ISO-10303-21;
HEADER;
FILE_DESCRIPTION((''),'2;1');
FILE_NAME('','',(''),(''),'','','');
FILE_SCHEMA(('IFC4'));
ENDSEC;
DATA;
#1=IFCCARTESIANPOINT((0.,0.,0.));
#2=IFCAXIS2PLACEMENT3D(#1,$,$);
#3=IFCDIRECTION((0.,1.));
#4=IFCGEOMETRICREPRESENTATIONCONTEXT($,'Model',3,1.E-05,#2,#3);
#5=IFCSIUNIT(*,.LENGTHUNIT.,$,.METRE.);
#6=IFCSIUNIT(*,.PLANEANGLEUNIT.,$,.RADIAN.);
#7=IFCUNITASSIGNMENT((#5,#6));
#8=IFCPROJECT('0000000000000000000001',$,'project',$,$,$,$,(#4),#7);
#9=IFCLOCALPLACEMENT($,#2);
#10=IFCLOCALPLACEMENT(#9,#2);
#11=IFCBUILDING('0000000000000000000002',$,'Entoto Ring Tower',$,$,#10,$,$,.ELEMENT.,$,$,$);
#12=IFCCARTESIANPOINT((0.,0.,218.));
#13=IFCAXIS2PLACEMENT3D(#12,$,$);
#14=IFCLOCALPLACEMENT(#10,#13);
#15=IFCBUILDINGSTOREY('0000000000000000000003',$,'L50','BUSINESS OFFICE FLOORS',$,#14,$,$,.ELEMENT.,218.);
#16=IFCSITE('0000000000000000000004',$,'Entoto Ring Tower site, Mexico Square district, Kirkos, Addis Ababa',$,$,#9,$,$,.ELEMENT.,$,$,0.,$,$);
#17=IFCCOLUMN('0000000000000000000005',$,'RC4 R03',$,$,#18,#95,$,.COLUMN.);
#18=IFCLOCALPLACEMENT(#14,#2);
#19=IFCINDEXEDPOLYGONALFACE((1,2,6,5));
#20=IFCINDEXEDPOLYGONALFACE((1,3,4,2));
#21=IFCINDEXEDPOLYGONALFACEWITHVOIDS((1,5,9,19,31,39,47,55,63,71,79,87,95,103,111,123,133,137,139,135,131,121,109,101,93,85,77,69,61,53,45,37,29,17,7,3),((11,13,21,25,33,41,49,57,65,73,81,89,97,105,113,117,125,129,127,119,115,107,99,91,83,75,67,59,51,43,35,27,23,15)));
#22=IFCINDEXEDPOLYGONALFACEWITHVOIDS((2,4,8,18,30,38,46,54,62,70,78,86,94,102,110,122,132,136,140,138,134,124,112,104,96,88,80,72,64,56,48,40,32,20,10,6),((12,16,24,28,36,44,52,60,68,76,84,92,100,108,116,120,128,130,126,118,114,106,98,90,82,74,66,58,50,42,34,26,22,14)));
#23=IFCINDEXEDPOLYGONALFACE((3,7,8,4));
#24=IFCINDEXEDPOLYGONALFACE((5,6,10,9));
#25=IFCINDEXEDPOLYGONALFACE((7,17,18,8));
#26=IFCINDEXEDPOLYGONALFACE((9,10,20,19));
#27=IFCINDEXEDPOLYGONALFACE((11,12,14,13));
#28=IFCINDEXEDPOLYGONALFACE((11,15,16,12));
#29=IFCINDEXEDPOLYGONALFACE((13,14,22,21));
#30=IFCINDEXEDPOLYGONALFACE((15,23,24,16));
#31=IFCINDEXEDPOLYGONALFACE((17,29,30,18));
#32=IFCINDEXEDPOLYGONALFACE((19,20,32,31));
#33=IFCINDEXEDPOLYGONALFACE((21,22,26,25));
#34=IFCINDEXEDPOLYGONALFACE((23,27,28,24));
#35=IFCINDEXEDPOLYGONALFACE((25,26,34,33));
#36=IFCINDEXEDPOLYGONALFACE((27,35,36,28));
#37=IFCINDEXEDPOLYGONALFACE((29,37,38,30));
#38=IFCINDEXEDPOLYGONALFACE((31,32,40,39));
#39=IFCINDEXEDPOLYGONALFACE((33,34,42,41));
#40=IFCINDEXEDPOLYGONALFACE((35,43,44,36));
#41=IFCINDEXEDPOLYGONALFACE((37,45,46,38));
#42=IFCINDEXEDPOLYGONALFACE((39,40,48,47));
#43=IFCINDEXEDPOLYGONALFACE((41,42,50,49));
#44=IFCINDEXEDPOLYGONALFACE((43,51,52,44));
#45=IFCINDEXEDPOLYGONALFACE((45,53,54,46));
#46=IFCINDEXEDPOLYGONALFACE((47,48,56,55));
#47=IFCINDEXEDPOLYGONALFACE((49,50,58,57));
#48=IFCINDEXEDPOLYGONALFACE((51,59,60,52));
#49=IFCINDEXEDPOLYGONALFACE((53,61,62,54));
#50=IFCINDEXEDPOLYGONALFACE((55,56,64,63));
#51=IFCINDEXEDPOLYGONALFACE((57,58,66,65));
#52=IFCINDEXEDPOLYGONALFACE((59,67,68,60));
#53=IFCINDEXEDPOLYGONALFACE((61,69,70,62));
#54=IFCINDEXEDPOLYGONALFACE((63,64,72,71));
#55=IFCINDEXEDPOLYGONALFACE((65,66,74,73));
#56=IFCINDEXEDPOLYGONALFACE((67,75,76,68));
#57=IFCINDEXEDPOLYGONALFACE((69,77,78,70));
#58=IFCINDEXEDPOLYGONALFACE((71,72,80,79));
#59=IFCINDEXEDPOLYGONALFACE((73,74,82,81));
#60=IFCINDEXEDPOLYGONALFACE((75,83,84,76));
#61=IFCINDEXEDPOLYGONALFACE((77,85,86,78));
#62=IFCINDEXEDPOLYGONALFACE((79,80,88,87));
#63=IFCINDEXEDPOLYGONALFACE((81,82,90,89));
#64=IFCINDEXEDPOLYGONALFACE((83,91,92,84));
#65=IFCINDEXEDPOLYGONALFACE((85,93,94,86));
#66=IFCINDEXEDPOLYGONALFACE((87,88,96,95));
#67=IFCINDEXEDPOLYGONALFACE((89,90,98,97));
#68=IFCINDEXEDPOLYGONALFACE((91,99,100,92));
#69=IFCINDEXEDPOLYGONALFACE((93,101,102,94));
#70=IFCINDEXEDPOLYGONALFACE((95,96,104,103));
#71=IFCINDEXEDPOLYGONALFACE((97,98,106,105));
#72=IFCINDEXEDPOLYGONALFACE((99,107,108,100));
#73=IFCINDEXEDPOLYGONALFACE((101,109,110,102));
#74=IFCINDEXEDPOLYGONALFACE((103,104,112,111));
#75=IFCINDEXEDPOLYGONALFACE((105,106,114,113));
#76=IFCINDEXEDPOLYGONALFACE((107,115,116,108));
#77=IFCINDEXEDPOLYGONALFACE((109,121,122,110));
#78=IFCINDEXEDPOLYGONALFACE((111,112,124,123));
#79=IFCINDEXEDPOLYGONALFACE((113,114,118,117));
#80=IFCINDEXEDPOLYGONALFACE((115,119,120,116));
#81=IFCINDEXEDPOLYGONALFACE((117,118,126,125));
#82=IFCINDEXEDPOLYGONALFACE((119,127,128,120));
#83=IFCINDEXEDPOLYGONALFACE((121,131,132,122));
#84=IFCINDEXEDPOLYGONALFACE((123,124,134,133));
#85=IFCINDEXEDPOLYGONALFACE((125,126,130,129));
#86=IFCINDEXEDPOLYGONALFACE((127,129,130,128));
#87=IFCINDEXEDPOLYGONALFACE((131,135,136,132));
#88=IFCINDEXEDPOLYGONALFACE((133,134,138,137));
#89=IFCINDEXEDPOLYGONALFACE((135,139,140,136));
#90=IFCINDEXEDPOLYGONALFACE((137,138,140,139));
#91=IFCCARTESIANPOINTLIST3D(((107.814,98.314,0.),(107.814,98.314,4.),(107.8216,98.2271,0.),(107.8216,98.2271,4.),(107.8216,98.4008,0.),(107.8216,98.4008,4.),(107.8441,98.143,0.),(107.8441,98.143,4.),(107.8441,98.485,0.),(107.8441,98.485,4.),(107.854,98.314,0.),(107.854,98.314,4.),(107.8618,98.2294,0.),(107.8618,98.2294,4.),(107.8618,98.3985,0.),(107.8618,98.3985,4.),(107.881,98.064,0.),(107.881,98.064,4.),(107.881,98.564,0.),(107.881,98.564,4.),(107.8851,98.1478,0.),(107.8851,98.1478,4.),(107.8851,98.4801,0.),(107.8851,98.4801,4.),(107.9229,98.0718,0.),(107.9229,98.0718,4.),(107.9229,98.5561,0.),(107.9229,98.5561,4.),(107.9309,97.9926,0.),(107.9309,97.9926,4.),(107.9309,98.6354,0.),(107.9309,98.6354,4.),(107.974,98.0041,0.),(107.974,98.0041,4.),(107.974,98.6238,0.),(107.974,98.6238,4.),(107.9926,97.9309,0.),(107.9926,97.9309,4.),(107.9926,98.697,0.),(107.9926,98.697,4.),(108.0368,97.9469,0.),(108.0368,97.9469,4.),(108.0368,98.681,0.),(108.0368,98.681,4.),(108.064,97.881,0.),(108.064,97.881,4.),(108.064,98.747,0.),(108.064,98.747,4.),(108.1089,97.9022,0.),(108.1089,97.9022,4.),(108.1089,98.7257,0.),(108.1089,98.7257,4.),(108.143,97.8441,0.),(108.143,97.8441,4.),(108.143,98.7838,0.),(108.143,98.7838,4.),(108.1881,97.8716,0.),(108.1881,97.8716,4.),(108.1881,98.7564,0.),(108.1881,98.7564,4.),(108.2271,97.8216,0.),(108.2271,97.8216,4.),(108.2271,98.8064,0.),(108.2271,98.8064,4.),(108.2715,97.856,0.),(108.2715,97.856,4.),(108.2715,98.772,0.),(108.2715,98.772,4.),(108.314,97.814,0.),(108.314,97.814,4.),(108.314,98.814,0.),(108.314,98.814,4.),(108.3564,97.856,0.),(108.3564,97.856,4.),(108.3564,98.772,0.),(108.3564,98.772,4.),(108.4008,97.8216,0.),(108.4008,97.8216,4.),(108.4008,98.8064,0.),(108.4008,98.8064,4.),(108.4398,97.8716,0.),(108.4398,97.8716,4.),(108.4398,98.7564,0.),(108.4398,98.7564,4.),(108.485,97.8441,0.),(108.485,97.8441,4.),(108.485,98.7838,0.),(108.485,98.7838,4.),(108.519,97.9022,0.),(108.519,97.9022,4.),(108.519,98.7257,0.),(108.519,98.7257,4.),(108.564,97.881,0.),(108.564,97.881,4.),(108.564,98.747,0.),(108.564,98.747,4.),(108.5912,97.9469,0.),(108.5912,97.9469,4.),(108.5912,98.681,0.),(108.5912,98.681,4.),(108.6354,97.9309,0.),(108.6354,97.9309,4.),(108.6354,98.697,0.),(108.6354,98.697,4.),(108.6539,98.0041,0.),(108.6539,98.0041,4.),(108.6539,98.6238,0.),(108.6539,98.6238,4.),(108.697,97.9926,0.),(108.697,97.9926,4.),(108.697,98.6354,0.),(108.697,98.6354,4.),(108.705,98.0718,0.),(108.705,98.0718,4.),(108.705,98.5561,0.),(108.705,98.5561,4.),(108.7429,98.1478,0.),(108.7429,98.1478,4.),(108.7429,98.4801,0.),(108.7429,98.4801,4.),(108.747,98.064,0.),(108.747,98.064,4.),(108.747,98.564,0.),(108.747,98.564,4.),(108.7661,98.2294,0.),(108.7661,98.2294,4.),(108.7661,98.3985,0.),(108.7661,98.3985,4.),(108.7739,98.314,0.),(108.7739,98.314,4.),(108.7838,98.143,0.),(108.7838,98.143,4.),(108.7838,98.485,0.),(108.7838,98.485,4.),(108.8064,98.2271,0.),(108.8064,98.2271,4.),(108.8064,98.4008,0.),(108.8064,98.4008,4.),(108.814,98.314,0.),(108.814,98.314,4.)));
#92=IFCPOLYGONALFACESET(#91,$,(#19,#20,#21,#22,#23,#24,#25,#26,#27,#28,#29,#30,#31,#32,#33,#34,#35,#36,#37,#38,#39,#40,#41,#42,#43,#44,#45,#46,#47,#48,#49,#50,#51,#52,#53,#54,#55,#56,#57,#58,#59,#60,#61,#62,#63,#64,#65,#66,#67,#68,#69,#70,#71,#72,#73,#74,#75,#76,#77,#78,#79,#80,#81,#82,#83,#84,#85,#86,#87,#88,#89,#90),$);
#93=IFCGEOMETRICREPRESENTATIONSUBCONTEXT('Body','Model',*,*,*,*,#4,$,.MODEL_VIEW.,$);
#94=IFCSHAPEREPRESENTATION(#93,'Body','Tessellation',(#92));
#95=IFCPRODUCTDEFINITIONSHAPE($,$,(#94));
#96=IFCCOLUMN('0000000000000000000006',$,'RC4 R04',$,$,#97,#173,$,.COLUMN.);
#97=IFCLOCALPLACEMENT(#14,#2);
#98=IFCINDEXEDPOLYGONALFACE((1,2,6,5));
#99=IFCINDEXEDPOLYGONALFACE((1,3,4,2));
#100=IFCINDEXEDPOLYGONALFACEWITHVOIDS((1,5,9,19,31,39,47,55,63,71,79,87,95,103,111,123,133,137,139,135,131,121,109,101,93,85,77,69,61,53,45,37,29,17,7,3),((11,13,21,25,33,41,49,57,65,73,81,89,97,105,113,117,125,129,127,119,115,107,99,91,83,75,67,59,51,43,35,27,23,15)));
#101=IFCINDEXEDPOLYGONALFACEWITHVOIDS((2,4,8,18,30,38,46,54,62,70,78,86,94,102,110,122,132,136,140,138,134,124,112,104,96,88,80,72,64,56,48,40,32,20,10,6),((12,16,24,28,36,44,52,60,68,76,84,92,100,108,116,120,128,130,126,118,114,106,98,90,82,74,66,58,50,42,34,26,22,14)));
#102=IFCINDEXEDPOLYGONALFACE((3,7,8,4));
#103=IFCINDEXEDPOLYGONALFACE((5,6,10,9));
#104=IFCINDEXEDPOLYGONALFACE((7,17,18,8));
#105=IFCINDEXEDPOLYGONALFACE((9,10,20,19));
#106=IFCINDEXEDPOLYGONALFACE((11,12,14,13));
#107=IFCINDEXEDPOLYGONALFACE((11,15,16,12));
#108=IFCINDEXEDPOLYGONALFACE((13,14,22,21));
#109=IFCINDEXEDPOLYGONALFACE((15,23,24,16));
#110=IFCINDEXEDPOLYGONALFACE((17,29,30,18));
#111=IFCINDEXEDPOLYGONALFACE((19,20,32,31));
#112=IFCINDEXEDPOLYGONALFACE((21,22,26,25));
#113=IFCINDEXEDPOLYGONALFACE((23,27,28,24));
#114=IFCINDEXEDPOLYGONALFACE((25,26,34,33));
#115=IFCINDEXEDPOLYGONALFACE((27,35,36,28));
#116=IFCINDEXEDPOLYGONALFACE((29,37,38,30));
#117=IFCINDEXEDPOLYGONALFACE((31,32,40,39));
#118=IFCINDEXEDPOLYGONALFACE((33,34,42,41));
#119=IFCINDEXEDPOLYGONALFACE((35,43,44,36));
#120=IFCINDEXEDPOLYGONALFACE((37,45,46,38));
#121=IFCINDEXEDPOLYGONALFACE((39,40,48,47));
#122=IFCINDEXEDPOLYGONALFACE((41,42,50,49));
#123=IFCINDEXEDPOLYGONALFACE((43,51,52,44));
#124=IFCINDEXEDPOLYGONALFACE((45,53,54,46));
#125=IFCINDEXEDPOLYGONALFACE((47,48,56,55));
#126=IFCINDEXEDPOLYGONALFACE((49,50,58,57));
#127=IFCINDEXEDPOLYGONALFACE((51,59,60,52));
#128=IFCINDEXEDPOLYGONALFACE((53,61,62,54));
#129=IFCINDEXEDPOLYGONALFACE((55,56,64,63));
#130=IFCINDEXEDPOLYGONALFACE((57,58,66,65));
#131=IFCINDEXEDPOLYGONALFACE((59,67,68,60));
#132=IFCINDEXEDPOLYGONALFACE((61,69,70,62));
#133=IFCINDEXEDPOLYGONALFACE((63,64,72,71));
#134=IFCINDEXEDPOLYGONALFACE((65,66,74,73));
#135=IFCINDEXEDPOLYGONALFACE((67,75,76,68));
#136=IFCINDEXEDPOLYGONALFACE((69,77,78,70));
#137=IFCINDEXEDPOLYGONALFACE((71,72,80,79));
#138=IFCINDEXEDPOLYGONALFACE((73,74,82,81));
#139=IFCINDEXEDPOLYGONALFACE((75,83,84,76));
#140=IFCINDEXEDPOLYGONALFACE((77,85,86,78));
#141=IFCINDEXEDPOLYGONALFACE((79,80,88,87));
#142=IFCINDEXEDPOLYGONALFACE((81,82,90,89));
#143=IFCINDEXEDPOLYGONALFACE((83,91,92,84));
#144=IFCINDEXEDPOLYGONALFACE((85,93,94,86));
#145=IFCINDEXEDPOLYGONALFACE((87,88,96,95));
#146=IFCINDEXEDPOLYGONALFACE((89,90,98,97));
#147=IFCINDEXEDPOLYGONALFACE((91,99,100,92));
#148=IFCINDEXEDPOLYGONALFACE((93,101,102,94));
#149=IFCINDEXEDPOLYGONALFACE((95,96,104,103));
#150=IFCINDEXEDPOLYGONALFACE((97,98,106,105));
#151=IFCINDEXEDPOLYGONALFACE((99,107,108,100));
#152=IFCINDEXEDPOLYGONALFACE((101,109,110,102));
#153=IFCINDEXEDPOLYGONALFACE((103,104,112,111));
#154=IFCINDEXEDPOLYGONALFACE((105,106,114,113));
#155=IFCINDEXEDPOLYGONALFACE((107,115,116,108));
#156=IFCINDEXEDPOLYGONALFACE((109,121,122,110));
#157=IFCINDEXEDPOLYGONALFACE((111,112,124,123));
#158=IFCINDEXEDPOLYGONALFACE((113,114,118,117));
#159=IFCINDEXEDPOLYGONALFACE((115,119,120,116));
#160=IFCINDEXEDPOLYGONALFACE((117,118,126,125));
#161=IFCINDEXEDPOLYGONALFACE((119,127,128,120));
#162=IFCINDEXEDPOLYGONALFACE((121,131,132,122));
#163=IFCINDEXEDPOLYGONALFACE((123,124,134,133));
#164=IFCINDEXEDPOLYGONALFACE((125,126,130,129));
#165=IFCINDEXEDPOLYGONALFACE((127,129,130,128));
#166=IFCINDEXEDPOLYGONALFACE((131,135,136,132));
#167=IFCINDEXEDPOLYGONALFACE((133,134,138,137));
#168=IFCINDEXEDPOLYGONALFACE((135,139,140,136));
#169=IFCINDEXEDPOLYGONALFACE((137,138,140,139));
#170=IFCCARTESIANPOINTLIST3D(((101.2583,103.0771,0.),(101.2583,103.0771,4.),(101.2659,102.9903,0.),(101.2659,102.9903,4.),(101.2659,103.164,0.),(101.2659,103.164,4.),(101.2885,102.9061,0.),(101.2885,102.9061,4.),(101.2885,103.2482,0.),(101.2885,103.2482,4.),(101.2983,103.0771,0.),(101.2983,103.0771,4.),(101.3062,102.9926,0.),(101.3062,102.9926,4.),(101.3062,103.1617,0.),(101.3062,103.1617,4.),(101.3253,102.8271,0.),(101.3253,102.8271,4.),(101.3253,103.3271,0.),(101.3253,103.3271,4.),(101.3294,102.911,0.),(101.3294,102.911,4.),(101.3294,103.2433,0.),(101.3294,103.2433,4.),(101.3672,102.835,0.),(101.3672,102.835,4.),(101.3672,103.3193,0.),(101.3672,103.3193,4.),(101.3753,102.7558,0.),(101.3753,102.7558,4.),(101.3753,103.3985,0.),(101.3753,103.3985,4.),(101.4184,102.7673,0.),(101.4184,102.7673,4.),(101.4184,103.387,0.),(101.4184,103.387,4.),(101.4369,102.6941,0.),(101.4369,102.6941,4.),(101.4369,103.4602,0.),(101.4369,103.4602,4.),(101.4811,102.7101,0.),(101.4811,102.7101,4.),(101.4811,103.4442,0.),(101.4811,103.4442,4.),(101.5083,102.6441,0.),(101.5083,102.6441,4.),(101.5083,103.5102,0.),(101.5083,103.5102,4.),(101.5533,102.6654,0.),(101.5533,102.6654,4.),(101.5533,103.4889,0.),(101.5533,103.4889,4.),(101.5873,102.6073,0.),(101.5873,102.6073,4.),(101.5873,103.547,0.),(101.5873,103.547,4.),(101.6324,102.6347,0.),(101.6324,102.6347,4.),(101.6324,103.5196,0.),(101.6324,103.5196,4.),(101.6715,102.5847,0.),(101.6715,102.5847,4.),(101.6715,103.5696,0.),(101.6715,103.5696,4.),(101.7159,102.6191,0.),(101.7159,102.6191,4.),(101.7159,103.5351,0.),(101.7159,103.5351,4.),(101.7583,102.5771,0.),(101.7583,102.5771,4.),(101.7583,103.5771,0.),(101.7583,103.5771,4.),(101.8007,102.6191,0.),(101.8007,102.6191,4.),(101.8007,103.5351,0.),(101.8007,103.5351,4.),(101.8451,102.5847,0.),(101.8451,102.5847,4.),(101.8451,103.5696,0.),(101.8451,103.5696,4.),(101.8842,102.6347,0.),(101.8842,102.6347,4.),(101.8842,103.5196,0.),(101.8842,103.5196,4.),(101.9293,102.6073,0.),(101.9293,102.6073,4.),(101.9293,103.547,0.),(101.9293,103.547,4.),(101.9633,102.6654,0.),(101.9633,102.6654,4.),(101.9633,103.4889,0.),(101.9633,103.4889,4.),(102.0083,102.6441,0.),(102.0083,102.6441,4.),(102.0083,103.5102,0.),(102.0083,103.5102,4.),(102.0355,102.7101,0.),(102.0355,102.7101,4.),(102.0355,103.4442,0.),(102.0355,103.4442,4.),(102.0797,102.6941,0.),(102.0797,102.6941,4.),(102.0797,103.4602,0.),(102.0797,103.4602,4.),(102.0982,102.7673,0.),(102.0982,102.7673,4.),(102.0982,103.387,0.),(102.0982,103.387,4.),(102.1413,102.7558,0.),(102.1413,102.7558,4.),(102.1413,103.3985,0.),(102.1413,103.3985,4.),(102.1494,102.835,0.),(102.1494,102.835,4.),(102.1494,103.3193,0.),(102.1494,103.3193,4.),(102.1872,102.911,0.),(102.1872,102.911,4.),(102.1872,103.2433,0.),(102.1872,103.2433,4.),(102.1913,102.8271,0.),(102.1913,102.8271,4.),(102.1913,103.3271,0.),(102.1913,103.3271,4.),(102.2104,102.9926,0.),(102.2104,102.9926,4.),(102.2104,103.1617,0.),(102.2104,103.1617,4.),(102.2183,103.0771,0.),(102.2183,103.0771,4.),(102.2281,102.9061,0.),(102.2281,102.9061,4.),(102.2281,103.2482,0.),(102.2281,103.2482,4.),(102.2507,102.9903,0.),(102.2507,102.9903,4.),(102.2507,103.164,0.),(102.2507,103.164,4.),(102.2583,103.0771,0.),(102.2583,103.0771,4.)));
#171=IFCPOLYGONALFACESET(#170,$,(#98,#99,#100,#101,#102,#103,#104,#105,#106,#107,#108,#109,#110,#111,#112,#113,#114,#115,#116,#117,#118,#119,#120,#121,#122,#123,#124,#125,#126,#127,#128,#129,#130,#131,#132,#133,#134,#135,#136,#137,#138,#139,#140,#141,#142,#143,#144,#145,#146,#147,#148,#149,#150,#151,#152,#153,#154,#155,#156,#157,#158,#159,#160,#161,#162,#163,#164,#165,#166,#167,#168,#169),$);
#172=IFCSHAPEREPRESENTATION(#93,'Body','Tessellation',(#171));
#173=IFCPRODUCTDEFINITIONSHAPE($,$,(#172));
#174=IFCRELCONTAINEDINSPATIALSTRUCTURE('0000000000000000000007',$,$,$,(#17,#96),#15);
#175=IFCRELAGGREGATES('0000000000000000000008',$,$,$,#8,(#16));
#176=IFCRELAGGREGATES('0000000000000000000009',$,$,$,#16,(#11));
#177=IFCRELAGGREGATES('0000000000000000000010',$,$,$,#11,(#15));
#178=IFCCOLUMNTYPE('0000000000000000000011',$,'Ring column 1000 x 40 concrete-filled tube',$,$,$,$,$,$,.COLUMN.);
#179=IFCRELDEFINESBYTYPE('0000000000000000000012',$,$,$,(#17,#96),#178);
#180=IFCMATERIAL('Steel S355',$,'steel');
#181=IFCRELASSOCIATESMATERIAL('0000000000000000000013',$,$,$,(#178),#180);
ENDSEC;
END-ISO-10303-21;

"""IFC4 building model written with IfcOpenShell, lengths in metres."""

from ifc_helpers import new_model, si_unit, direction, frame, origin, origin_2d, place, context, subcontext, project, spatial, circle, hollow_circle, extrude, material, material_profile, profile_set, type_object, element, save


model = new_model("IFC4")

# Units and contexts
model_context = context("Model", 3, precision=1e-05, world=origin(), true_north=direction((0.0, 1.0)))
body_context = subcontext(model_context, "Body", "Model", "MODEL_VIEW")
ifc_project = project(units=[si_unit("LENGTHUNIT", "METRE"), si_unit("PLANEANGLEUNIT", "RADIAN")], contexts=[model_context])

# Site, building, storey
site_placement = place(None, origin())
site = spatial("IfcSite", under=ifc_project, at=site_placement, Name="Entoto Ring Tower site, Mexico Square district, Kirkos, Addis Ababa", CompositionType="ELEMENT", RefElevation=0.0)
building_placement = place(site_placement, origin())
building = spatial("IfcBuilding", under=site, at=building_placement, Name="Entoto Ring Tower", CompositionType="ELEMENT")
storey_placement = place(building_placement, frame((0.0, 0.0, 218.0)))
storey = spatial("IfcBuildingStorey", under=building, at=storey_placement, Name="L50", Description="BUSINESS OFFICE FLOORS", CompositionType="ELEMENT", Elevation=218.0)

# Columns
ifc_material_1 = material(Name="Steel S355", Category="steel")
ifc_material_profile_1 = material_profile(ifc_material_1, hollow_circle(Radius=0.5, WallThickness=0.04, at=origin_2d()), Name="CHS 1000 x 40")
ifc_material_2 = material(Name="Concrete C60/75", Category="concrete")
ifc_material_profile_2 = material_profile(ifc_material_2, circle(Radius=0.46, at=origin_2d()), Name="Concrete C60/75 infill")
ifc_profile_set_1 = profile_set([ifc_material_profile_1, ifc_material_profile_2], Name="Steel S355")
column_type = type_object("IfcColumnType", Name="Ring column 1000 x 40 concrete-filled tube", PredefinedType="COLUMN", material=ifc_profile_set_1)
for number, where, z_axis, x_axis, name in (
    (1, (108.314, 98.314, 0.0), (0.0, 0.0, 1.0), (1.0, 0.0, 0.0), "RC4 R03"),
    (2, (101.7583, 103.0771, 0.0), (0.0, 0.0, 1.0), (1.0, 0.0, 0.0), "RC4 R04"),
):
    element("IfcColumn", number, at=place(storey_placement, frame(where, z_axis=z_axis, x_axis=x_axis)), inside=storey, type_object=column_type, Name=name, PredefinedType="COLUMN", context=body_context, shape_type="SweptSolid", body=[
        extrude(hollow_circle(Radius=0.5, WallThickness=0.04, at=origin_2d()), origin(), (0.0, 0.0, 1.0), 4.0),
    ])

save(model, "model.ifc")
